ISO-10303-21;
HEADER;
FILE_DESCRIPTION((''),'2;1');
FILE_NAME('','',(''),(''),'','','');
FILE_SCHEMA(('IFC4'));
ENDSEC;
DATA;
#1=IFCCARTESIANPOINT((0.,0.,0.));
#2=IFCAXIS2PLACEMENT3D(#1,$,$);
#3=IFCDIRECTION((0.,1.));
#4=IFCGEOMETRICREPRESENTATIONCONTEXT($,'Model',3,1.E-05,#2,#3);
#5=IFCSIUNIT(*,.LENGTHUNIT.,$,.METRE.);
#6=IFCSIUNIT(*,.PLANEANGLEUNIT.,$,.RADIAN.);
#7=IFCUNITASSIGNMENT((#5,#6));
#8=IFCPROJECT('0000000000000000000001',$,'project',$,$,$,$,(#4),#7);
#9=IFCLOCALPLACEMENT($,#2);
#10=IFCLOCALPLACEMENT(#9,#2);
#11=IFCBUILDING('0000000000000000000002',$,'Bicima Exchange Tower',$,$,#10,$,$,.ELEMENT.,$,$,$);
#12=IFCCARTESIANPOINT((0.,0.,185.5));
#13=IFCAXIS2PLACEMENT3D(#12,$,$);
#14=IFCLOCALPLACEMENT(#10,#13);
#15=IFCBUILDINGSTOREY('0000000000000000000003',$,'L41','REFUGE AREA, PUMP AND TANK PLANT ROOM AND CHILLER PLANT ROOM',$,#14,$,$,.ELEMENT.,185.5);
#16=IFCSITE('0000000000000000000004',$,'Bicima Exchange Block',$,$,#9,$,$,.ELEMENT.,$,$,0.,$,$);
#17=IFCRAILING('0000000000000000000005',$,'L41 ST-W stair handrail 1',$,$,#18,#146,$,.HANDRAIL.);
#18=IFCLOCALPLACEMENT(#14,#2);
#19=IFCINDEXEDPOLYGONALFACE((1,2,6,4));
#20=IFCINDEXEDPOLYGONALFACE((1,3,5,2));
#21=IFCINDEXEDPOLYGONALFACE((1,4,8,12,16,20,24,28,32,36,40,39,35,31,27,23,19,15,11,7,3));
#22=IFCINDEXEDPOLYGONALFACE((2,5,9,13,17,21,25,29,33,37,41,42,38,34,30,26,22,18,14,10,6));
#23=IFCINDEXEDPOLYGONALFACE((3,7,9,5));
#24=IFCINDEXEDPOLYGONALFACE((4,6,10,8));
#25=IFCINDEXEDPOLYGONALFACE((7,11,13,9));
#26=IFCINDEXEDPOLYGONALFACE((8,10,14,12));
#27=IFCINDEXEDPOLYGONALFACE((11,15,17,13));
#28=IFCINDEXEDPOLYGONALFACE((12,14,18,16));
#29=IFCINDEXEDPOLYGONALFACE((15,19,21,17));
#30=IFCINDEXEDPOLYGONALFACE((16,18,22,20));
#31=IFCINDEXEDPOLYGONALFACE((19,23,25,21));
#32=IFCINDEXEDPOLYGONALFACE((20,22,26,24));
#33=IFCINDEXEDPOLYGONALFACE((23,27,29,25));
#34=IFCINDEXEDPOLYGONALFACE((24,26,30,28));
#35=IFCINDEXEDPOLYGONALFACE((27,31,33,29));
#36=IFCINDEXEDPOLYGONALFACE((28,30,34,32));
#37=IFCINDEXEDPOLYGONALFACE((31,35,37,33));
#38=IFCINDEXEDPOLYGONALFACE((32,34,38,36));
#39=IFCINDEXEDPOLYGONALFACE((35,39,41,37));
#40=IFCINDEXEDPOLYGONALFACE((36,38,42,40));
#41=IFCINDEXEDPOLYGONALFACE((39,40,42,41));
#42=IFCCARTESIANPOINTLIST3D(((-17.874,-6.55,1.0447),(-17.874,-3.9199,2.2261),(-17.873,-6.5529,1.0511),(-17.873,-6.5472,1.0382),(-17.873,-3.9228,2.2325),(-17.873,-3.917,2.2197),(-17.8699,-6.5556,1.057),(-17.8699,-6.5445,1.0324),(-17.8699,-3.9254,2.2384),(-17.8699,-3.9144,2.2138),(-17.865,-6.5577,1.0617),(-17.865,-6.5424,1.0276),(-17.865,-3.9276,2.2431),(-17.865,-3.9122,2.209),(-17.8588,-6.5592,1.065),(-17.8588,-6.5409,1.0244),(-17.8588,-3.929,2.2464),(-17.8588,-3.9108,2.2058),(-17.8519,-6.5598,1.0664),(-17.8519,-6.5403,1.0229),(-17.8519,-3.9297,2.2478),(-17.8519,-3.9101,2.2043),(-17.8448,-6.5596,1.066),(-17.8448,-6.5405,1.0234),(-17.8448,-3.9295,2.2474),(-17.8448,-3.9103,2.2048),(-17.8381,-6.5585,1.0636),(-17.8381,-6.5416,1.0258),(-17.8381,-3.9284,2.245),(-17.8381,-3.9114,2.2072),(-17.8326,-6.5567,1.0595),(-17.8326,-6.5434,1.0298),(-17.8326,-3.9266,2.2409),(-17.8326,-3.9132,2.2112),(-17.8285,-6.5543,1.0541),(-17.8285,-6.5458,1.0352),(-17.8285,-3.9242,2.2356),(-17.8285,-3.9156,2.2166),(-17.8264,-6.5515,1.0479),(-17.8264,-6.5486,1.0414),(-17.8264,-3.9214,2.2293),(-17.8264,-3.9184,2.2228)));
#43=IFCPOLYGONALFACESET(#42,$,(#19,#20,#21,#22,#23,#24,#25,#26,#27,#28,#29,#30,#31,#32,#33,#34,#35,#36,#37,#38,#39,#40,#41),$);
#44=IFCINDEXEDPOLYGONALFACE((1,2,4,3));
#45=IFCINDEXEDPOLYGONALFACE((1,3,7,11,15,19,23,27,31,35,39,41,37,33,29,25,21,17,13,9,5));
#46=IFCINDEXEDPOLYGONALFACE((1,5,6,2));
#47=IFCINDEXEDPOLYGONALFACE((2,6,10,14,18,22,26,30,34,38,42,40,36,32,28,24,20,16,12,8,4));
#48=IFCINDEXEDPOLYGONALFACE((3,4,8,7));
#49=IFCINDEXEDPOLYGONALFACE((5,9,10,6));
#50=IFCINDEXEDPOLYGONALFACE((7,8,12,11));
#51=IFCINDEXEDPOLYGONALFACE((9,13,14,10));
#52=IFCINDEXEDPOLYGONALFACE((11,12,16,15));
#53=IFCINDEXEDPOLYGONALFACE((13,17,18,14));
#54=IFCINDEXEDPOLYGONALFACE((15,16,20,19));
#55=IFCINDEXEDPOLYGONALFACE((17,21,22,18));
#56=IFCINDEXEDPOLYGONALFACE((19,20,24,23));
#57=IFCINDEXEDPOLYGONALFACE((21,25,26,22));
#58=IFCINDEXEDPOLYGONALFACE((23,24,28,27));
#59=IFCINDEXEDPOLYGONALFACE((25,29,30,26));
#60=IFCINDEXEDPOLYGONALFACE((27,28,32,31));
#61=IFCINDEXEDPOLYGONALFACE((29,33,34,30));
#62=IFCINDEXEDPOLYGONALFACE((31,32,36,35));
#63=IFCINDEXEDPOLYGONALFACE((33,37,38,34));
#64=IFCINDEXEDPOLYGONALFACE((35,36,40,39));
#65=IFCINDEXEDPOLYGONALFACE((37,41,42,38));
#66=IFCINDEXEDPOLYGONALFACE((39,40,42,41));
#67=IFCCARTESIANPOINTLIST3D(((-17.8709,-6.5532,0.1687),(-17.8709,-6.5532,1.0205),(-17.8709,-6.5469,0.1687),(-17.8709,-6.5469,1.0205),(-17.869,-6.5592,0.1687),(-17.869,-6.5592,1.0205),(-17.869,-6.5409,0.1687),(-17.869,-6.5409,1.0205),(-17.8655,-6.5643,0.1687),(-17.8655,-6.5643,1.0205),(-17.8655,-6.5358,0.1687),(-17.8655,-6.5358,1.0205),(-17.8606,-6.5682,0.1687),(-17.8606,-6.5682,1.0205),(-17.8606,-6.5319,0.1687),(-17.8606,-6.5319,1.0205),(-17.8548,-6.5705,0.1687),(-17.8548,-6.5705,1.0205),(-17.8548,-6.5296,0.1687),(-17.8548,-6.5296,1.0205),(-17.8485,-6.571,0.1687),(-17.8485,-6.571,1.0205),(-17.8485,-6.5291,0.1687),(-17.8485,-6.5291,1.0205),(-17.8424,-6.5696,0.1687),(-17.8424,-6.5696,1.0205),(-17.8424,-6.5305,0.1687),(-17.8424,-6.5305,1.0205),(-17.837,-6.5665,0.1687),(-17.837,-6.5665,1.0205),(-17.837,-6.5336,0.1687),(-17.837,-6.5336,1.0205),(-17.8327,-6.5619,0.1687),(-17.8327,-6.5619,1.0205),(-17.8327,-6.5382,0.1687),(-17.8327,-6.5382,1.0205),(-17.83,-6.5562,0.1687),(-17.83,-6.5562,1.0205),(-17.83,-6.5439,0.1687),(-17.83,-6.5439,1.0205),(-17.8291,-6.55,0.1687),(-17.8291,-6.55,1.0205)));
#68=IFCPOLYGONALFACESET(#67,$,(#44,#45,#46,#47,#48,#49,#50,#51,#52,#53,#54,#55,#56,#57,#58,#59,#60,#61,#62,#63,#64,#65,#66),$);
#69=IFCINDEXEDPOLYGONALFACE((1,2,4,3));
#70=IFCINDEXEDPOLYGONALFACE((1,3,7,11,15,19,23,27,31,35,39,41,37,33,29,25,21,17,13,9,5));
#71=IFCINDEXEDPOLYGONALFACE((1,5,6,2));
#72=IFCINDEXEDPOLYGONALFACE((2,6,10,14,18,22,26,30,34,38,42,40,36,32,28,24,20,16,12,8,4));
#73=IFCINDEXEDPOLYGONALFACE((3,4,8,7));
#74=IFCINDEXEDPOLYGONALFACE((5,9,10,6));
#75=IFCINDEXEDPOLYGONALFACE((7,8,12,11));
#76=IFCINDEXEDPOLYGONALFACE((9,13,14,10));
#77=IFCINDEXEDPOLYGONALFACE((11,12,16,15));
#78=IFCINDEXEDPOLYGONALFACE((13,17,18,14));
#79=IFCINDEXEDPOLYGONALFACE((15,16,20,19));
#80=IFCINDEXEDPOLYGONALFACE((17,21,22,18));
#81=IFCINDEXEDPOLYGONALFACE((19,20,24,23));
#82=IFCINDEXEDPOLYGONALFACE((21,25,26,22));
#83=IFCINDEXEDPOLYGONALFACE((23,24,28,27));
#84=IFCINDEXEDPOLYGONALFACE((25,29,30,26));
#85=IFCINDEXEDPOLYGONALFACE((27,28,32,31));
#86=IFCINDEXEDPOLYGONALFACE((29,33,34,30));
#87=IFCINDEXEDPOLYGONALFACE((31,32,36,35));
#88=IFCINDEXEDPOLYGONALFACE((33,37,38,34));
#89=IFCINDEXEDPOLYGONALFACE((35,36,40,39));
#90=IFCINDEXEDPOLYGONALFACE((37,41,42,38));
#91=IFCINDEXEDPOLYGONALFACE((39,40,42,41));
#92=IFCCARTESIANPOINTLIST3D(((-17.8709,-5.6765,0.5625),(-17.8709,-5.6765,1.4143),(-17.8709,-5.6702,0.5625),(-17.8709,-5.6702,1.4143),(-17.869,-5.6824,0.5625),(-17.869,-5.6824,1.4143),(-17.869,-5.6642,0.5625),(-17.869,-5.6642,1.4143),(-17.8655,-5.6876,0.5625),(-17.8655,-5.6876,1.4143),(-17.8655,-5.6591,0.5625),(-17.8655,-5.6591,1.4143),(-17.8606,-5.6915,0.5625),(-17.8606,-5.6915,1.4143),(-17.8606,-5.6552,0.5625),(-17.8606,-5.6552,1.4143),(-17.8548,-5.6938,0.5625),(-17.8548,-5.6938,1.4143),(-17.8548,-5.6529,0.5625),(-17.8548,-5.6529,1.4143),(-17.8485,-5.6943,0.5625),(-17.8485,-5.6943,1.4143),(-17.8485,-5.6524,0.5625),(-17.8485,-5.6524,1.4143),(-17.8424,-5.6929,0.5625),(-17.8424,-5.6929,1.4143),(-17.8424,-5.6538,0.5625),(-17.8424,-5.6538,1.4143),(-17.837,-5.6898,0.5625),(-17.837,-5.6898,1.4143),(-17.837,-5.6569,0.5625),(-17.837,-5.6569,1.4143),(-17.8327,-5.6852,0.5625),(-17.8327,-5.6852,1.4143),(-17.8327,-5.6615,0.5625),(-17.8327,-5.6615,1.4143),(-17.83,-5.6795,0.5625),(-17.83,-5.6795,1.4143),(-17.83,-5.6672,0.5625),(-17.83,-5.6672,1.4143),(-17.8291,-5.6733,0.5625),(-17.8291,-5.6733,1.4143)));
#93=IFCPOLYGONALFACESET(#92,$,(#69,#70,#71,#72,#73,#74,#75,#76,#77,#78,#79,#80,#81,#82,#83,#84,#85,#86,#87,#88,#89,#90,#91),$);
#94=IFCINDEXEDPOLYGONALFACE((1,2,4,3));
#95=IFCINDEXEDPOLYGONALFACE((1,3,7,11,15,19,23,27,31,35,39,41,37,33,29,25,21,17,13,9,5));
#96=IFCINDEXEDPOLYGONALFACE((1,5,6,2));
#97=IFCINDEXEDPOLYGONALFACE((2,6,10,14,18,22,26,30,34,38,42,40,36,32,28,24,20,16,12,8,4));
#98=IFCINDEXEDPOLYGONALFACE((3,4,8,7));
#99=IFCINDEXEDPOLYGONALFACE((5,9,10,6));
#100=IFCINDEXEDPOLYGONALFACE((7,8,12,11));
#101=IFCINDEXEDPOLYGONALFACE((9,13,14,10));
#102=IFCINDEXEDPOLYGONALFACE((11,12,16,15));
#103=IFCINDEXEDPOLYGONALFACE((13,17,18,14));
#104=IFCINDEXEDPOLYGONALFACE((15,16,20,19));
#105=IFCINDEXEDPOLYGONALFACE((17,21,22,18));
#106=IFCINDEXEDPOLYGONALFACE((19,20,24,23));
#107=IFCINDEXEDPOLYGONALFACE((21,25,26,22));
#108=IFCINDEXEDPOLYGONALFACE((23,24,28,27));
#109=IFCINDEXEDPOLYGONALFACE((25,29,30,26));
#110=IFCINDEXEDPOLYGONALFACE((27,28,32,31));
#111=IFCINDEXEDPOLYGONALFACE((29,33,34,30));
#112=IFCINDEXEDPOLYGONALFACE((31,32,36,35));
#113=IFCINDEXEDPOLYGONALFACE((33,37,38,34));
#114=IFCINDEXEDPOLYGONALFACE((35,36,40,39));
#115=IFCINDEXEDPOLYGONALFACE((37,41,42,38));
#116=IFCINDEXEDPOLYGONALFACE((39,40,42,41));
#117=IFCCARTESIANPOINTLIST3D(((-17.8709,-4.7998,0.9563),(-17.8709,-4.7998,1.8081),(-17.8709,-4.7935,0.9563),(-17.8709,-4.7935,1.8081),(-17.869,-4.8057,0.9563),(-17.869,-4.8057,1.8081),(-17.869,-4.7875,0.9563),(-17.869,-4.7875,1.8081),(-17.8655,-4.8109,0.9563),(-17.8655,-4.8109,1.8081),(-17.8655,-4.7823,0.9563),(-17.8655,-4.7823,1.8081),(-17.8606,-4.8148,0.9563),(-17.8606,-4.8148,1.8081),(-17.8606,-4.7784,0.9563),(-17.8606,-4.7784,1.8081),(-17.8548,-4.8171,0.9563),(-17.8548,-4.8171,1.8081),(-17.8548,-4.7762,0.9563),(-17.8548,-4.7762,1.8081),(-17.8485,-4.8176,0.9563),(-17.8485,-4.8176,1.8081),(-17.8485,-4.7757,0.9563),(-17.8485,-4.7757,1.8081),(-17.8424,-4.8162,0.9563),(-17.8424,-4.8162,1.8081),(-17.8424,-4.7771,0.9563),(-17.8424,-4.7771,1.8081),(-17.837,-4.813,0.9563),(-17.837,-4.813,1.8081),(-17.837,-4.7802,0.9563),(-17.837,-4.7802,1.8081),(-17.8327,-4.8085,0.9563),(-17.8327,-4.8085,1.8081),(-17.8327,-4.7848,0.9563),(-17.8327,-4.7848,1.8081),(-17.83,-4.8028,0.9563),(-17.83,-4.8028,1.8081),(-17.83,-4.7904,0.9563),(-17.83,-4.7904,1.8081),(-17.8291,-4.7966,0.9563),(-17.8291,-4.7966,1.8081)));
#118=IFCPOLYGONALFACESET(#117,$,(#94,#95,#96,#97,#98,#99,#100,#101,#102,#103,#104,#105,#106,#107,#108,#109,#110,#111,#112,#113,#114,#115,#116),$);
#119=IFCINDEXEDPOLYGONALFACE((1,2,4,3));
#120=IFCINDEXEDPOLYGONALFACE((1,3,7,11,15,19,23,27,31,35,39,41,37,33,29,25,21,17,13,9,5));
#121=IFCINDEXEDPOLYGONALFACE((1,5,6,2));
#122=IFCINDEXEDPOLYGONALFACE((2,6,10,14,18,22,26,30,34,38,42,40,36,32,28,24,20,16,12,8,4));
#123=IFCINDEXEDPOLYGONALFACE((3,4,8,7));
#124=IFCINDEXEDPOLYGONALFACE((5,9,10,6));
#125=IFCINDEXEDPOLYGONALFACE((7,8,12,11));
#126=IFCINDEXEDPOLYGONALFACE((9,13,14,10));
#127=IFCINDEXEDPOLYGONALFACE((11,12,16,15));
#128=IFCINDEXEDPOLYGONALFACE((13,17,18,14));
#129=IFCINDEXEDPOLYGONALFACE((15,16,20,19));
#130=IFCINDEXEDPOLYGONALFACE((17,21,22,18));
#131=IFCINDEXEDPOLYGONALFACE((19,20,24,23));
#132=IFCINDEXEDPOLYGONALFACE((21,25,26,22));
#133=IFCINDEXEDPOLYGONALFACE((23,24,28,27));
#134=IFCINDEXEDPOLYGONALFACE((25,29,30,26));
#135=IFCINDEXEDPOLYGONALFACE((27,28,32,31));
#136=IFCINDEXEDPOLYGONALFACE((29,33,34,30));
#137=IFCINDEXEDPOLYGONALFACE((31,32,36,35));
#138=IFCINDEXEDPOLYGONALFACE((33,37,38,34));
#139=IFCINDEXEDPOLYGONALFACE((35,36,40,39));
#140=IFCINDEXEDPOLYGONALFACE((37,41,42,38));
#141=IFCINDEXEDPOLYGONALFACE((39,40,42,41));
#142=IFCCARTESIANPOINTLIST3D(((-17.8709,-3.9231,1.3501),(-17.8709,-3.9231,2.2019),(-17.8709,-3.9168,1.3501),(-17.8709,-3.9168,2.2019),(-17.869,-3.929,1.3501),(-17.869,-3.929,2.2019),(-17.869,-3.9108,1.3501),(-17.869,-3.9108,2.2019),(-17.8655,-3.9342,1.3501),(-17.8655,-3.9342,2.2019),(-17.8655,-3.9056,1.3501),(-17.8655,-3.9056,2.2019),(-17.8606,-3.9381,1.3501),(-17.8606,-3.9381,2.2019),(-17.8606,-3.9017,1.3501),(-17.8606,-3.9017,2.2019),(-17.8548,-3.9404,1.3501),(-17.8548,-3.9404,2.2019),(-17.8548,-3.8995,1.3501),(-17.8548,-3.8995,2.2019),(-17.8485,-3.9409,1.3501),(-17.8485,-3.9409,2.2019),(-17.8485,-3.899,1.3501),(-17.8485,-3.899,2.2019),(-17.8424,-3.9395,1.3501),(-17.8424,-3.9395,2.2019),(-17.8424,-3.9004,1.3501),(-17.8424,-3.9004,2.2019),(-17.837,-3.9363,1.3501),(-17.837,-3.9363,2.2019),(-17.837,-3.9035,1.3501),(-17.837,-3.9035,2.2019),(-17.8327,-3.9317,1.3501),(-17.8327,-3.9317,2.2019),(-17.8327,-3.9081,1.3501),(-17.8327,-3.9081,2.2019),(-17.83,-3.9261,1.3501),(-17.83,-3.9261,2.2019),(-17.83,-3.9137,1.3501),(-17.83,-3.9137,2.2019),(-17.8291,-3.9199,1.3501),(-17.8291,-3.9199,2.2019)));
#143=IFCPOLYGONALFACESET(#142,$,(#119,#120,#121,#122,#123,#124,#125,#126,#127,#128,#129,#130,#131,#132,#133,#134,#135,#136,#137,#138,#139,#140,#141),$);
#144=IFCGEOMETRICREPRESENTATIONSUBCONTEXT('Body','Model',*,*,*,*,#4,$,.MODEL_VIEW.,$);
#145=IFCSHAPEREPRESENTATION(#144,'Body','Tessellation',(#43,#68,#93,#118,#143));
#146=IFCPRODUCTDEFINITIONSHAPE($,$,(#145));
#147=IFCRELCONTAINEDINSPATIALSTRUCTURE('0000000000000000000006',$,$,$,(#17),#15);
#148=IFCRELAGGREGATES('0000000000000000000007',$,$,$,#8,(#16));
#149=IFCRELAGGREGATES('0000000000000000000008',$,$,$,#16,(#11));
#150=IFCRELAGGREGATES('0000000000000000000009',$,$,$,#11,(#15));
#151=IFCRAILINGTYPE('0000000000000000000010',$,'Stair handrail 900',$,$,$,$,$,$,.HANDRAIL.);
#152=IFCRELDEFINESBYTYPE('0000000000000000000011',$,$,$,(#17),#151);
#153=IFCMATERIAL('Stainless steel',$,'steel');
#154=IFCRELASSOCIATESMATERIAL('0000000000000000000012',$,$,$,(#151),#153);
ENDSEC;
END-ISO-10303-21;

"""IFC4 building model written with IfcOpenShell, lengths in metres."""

from ifc_helpers import new_model, si_unit, direction, frame, origin, origin_2d, place, context, subcontext, project, spatial, circle, extrude, material, type_object, element, save


model = new_model("IFC4")

# Units and contexts
model_context = context("Model", 3, precision=1e-05, world=origin(), true_north=direction((0.0, 1.0)))
body_context = subcontext(model_context, "Body", "Model", "MODEL_VIEW")
ifc_project = project(units=[si_unit("LENGTHUNIT", "METRE"), si_unit("PLANEANGLEUNIT", "RADIAN")], contexts=[model_context])

# Site, building, storey
site_placement = place(None, origin())
site = spatial("IfcSite", under=ifc_project, at=site_placement, Name="Bicima Exchange Block", CompositionType="ELEMENT", RefElevation=0.0)
building_placement = place(site_placement, origin())
building = spatial("IfcBuilding", under=site, at=building_placement, Name="Bicima Exchange Tower", CompositionType="ELEMENT")
storey_placement = place(building_placement, frame((0.0, 0.0, 185.5)))
storey = spatial("IfcBuildingStorey", under=building, at=storey_placement, Name="L41", Description="REFUGE AREA, PUMP AND TANK PLANT ROOM AND CHILLER PLANT ROOM", CompositionType="ELEMENT", Elevation=185.5)

# Railing
ifc_material_1 = material(Name="Stainless steel", Category="steel")
railing_type_1 = type_object("IfcRailingType", Name="Stair handrail 900", PredefinedType="HANDRAIL", material=ifc_material_1)
railing_1_placement = place(storey_placement, frame((-17.8501, -6.55, 0.1687)))
element("IfcRailing", 1, at=railing_1_placement, inside=storey, type_object=railing_type_1, Name="L41 ST-W stair handrail 1", PredefinedType="HANDRAIL", context=body_context, shape_type="SweptSolid", body=[
    extrude(circle(Radius=0.0239, at=origin_2d()), frame((0.0, 0.0, 0.876), z_axis=(0.0, 0.912202, 0.409741), x_axis=(-1.0, 0.0, 0.0)), (0.0, 0.0, 1.0), 2.8833),
    extrude(circle(Radius=0.021, at=origin_2d()), origin(), (0.0, 0.0, 1.0), 0.8518),
    extrude(circle(Radius=0.021, at=origin_2d()), frame((0.0, 0.8767, 0.3938)), (0.0, 0.0, 1.0), 0.8518),
    extrude(circle(Radius=0.021, at=origin_2d()), frame((0.0, 1.7534, 0.7876)), (0.0, 0.0, 1.0), 0.8518),
    extrude(circle(Radius=0.021, at=origin_2d()), frame((0.0, 2.6301, 1.1814)), (0.0, 0.0, 1.0), 0.8518),
])

save(model, "model.ifc")
